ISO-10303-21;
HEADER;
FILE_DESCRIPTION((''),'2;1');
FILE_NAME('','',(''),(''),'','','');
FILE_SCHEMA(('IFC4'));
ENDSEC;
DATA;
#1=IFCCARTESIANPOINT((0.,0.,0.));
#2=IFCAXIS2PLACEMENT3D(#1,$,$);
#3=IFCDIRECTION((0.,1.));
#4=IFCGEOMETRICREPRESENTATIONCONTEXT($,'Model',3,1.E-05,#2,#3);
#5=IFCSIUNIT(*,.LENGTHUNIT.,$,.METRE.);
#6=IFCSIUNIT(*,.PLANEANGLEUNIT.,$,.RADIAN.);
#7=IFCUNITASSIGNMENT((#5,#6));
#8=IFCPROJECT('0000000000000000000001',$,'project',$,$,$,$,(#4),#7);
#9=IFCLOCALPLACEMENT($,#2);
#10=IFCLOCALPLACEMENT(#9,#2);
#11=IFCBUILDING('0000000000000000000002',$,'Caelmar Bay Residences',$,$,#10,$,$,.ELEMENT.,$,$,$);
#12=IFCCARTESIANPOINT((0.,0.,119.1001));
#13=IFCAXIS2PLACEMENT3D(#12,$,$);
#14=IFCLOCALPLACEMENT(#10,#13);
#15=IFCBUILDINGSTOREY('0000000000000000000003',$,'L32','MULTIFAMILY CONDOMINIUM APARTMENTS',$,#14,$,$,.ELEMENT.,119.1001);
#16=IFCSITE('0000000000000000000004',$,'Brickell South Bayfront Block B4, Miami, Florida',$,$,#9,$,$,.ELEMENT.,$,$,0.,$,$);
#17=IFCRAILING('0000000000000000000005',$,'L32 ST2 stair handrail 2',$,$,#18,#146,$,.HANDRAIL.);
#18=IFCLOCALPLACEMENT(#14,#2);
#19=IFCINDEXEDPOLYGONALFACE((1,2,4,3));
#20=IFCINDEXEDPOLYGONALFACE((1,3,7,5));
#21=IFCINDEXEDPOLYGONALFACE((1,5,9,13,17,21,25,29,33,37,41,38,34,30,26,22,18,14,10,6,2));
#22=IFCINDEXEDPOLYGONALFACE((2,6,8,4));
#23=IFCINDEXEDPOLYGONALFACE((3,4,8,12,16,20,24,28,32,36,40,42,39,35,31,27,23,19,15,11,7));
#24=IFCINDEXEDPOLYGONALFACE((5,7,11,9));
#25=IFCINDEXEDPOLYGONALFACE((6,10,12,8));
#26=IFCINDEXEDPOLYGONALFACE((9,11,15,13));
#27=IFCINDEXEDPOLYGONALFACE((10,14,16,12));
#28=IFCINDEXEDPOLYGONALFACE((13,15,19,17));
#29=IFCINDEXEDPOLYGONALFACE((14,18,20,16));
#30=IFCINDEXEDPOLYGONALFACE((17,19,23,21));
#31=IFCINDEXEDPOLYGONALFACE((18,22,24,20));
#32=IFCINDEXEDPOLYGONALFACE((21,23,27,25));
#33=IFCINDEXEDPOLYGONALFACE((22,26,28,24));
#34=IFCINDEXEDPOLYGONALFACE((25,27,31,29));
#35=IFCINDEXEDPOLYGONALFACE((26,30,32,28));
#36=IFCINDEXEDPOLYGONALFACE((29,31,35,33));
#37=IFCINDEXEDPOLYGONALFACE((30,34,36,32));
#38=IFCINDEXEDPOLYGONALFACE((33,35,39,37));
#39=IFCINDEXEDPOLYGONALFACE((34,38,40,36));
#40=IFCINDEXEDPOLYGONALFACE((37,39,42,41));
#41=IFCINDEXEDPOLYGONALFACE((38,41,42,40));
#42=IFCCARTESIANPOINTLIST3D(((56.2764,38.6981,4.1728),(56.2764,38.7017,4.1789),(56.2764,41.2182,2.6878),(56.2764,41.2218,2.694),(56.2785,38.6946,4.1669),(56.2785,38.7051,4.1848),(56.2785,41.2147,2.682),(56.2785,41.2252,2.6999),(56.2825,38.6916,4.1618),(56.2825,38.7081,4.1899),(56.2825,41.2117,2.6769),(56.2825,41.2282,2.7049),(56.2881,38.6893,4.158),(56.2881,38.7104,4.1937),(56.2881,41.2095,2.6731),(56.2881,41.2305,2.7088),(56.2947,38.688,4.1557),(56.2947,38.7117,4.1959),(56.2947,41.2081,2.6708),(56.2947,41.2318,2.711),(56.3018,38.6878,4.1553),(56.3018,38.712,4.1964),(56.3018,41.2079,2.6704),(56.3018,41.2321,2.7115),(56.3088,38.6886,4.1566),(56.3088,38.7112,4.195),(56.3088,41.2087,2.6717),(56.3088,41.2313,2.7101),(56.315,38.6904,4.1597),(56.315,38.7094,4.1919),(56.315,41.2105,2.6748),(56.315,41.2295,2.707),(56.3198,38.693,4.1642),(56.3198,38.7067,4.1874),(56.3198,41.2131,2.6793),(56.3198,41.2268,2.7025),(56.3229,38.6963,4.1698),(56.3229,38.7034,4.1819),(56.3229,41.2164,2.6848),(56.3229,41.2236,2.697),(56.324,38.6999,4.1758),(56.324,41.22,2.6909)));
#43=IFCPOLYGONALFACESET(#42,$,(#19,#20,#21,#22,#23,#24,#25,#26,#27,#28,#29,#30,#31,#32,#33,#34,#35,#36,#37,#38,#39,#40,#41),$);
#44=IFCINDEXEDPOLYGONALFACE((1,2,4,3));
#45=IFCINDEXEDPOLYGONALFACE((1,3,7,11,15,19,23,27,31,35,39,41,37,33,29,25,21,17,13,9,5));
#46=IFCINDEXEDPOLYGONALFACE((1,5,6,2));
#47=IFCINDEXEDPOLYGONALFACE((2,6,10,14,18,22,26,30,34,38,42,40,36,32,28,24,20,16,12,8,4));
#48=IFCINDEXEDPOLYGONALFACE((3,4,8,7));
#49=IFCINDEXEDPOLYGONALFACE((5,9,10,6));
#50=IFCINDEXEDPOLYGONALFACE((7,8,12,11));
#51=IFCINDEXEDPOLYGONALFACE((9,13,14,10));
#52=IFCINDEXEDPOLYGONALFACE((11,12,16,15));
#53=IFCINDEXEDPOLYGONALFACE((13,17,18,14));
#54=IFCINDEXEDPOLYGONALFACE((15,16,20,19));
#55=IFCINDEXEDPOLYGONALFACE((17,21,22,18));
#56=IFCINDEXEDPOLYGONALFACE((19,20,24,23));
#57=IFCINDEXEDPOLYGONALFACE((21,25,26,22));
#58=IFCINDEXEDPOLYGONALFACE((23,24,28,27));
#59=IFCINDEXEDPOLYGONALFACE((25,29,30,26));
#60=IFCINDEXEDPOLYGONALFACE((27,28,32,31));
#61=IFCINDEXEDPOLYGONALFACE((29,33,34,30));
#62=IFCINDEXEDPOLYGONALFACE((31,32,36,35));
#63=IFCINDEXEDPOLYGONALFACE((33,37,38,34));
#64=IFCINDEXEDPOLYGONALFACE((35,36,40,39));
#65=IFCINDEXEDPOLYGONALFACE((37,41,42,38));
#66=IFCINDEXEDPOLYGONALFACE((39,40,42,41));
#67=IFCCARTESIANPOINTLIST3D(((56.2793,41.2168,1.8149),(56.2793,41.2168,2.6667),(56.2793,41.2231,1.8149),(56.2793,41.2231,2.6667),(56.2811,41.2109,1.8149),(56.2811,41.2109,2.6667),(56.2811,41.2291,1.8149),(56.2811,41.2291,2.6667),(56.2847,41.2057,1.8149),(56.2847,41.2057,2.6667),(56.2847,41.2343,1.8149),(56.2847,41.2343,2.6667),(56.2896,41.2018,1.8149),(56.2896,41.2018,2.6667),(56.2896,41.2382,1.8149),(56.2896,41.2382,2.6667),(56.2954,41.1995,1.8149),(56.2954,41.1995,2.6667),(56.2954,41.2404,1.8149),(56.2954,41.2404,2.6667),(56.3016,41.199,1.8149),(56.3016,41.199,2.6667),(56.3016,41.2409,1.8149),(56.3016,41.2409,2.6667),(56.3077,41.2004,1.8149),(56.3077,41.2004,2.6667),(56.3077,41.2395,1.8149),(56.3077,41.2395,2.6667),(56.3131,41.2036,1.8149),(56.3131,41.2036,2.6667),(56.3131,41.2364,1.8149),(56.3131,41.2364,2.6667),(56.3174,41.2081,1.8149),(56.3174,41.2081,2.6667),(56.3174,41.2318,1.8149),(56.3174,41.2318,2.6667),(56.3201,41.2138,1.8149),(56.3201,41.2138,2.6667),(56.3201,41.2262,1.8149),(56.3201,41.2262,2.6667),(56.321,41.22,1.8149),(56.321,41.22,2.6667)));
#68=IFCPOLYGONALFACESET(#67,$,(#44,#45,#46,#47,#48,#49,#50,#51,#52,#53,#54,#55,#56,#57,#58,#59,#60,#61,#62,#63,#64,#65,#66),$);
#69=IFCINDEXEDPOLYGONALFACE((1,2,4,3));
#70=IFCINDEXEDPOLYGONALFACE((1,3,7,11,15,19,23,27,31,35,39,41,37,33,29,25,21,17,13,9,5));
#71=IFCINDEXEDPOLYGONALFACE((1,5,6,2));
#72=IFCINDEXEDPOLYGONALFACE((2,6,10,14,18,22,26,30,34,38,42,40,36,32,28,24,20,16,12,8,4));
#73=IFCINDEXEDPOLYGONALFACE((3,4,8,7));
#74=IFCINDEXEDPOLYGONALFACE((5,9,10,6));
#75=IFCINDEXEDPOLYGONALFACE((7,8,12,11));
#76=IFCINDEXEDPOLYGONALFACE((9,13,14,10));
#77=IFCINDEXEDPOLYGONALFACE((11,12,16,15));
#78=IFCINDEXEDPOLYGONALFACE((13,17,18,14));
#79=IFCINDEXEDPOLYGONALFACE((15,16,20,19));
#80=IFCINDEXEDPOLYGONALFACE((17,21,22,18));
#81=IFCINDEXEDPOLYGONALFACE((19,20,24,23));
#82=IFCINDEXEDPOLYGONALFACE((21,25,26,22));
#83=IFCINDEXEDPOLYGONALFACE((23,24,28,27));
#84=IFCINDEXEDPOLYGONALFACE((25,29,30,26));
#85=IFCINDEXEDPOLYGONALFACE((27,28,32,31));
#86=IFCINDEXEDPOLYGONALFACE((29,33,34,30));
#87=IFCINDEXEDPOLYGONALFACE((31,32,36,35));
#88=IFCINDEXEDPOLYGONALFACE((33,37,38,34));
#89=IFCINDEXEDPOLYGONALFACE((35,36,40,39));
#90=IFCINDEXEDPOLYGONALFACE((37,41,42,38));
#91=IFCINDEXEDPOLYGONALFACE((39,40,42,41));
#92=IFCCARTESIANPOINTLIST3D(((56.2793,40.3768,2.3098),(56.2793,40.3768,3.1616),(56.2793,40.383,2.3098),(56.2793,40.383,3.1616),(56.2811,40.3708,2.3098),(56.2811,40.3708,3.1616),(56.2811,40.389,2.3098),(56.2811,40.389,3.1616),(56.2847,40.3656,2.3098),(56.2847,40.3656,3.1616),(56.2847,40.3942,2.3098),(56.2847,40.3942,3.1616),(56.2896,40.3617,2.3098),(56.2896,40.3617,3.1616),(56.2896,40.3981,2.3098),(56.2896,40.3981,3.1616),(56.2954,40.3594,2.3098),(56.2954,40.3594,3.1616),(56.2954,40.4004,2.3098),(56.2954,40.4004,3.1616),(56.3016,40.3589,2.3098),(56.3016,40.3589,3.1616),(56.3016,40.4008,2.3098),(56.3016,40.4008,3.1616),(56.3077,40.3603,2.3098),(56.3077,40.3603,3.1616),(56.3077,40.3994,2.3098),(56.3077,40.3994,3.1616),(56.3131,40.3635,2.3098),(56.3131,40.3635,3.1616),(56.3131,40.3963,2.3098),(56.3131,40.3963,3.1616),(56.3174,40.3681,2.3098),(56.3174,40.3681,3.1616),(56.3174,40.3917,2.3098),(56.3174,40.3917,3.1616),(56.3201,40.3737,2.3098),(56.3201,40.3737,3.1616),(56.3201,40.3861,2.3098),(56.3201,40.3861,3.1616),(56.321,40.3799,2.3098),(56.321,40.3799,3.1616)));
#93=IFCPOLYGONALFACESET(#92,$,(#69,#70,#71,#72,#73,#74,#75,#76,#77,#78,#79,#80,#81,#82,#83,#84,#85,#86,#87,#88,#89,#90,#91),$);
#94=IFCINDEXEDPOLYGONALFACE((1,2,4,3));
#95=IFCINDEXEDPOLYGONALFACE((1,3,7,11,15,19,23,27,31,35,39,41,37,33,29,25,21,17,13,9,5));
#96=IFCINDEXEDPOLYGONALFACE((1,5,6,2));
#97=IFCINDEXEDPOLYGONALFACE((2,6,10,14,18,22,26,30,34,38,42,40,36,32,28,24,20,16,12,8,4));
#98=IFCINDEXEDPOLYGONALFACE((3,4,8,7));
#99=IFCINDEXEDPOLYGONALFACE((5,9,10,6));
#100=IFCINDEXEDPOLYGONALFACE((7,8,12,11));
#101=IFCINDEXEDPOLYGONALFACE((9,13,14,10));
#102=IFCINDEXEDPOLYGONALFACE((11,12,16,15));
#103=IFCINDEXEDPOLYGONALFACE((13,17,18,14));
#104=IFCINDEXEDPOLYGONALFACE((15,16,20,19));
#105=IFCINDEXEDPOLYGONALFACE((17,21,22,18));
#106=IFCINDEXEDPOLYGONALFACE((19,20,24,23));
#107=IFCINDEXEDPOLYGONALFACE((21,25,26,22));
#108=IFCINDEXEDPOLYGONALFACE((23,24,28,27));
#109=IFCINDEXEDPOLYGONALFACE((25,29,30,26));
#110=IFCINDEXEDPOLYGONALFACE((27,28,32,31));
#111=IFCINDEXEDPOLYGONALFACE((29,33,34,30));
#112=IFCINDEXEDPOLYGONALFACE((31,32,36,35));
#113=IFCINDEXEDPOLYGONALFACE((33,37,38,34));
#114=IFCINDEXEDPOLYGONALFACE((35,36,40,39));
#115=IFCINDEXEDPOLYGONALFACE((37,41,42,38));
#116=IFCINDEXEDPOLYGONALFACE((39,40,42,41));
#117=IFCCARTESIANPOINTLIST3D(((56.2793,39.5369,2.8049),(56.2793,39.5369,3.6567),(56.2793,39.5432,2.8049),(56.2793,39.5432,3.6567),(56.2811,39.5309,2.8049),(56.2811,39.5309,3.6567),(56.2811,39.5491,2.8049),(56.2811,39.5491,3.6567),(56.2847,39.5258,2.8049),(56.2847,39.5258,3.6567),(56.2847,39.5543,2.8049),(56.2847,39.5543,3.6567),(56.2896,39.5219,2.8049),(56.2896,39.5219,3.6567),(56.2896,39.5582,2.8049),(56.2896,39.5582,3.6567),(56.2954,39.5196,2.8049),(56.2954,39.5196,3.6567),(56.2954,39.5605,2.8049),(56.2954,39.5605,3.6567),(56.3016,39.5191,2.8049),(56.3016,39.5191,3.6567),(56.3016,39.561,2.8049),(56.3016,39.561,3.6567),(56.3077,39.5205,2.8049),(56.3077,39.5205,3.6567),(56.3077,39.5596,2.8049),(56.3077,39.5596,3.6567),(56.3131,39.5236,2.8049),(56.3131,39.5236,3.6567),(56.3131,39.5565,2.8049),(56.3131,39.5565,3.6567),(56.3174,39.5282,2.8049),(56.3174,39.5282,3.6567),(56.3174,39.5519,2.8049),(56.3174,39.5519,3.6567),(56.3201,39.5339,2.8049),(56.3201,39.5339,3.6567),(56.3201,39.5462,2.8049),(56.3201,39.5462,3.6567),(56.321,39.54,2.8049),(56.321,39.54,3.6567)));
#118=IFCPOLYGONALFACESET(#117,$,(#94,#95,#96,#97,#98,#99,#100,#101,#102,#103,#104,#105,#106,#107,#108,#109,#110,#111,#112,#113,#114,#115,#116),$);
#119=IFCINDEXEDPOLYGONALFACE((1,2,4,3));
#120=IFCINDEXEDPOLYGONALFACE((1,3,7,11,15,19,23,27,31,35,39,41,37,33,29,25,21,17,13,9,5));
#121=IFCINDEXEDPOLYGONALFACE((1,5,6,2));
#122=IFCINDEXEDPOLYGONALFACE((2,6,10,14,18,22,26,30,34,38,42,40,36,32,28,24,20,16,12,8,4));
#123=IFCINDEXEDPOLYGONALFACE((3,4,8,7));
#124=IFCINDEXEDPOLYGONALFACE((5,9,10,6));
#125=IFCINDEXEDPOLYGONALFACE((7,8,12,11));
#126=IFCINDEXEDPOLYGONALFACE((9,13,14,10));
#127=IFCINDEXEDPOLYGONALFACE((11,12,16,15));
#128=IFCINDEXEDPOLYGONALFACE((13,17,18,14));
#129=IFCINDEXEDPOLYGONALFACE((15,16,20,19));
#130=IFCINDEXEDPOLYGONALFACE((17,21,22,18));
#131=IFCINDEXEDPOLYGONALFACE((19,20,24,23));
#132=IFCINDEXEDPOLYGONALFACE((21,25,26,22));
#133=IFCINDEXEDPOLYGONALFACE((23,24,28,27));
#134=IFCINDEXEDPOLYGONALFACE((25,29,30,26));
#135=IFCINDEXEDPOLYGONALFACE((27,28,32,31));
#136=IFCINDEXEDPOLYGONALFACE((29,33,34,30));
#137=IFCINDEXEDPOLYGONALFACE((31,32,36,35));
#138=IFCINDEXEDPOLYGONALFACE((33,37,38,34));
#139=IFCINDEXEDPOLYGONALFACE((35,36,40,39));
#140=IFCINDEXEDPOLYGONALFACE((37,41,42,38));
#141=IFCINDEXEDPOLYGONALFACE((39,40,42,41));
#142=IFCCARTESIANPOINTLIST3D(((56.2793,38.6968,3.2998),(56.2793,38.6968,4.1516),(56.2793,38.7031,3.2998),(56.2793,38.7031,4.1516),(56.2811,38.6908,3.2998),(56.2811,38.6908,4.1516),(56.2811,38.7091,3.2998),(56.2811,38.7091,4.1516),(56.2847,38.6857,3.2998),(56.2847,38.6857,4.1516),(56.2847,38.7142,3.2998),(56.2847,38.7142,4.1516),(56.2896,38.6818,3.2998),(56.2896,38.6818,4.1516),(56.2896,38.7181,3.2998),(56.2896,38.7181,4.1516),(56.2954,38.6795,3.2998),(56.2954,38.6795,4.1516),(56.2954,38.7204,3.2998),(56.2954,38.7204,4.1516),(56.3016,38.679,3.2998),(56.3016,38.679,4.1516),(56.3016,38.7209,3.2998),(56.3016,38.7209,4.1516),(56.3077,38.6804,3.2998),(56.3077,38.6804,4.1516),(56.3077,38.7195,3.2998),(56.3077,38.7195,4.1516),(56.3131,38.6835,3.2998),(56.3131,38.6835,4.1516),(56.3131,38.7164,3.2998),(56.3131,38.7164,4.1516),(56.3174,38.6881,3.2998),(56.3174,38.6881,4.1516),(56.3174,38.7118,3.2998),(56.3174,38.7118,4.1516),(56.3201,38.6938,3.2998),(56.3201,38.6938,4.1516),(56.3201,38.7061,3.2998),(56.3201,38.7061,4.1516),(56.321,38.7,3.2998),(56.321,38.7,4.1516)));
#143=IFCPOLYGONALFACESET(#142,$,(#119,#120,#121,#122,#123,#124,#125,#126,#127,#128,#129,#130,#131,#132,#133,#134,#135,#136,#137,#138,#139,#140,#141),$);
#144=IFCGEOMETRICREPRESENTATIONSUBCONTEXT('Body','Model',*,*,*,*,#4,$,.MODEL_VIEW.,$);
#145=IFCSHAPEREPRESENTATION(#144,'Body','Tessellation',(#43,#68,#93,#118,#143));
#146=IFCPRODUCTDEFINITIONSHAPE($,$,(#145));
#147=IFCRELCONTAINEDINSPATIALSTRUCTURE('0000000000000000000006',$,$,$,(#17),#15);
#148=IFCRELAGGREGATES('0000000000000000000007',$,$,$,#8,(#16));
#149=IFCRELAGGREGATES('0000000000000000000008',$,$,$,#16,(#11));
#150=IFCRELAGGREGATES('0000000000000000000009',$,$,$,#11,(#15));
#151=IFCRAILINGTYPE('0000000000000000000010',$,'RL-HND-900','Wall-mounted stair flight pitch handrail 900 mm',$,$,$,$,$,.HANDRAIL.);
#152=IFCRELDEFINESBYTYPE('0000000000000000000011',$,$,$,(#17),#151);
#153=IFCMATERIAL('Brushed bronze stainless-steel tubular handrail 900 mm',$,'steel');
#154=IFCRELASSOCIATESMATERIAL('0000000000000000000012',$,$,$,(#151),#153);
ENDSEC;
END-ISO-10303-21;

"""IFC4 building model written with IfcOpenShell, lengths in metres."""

from ifc_helpers import new_model, si_unit, direction, frame, origin, origin_2d, place, context, subcontext, project, spatial, circle, extrude, material, type_object, element, save


model = new_model("IFC4")

# Units and contexts
model_context = context("Model", 3, precision=1e-05, world=origin(), true_north=direction((0.0, 1.0)))
body_context = subcontext(model_context, "Body", "Model", "MODEL_VIEW")
ifc_project = project(units=[si_unit("LENGTHUNIT", "METRE"), si_unit("PLANEANGLEUNIT", "RADIAN")], contexts=[model_context])

# Site, building, storey
site_placement = place(None, origin())
site = spatial("IfcSite", under=ifc_project, at=site_placement, Name="Brickell South Bayfront Block B4, Miami, Florida", CompositionType="ELEMENT", RefElevation=0.0)
building_placement = place(site_placement, origin())
building = spatial("IfcBuilding", under=site, at=building_placement, Name="Caelmar Bay Residences", CompositionType="ELEMENT")
storey_placement = place(building_placement, frame((0.0, 0.0, 119.1001)))
storey = spatial("IfcBuildingStorey", under=building, at=storey_placement, Name="L32", Description="MULTIFAMILY CONDOMINIUM APARTMENTS", CompositionType="ELEMENT", Elevation=119.1001)

# Railing
ifc_material_1 = material(Name="Brushed bronze stainless-steel tubular handrail 900 mm", Category="steel")
railing_type_1 = type_object("IfcRailingType", Name="RL-HND-900", Description="Wall-mounted stair flight pitch handrail 900 mm", PredefinedType="HANDRAIL", material=ifc_material_1)
railing_1_placement = place(storey_placement, frame((56.3, 41.22, 1.8149)))
element("IfcRailing", 1, at=railing_1_placement, inside=storey, type_object=railing_type_1, Name="L32 ST2 stair handrail 2", PredefinedType="HANDRAIL", context=body_context, shape_type="SweptSolid", body=[
    extrude(circle(Radius=0.0239, at=origin_2d()), frame((0.0, 0.0, 0.876), z_axis=(0.0, -0.861561, 0.507655), x_axis=(1.0, 0.0, 0.0)), (0.0, 0.0, 1.0), 2.925),
    extrude(circle(Radius=0.021, at=origin_2d()), origin(), (0.0, 0.0, 1.0), 0.8518),
    extrude(circle(Radius=0.021, at=origin_2d()), frame((0.0, -0.8401, 0.4949)), (0.0, 0.0, 1.0), 0.8518),
    extrude(circle(Radius=0.021, at=origin_2d()), frame((0.0, -1.6799, 0.99)), (0.0, 0.0, 1.0), 0.8518),
    extrude(circle(Radius=0.021, at=origin_2d()), frame((0.0, -2.52, 1.4849)), (0.0, 0.0, 1.0), 0.8518),
])

save(model, "model.ifc")
